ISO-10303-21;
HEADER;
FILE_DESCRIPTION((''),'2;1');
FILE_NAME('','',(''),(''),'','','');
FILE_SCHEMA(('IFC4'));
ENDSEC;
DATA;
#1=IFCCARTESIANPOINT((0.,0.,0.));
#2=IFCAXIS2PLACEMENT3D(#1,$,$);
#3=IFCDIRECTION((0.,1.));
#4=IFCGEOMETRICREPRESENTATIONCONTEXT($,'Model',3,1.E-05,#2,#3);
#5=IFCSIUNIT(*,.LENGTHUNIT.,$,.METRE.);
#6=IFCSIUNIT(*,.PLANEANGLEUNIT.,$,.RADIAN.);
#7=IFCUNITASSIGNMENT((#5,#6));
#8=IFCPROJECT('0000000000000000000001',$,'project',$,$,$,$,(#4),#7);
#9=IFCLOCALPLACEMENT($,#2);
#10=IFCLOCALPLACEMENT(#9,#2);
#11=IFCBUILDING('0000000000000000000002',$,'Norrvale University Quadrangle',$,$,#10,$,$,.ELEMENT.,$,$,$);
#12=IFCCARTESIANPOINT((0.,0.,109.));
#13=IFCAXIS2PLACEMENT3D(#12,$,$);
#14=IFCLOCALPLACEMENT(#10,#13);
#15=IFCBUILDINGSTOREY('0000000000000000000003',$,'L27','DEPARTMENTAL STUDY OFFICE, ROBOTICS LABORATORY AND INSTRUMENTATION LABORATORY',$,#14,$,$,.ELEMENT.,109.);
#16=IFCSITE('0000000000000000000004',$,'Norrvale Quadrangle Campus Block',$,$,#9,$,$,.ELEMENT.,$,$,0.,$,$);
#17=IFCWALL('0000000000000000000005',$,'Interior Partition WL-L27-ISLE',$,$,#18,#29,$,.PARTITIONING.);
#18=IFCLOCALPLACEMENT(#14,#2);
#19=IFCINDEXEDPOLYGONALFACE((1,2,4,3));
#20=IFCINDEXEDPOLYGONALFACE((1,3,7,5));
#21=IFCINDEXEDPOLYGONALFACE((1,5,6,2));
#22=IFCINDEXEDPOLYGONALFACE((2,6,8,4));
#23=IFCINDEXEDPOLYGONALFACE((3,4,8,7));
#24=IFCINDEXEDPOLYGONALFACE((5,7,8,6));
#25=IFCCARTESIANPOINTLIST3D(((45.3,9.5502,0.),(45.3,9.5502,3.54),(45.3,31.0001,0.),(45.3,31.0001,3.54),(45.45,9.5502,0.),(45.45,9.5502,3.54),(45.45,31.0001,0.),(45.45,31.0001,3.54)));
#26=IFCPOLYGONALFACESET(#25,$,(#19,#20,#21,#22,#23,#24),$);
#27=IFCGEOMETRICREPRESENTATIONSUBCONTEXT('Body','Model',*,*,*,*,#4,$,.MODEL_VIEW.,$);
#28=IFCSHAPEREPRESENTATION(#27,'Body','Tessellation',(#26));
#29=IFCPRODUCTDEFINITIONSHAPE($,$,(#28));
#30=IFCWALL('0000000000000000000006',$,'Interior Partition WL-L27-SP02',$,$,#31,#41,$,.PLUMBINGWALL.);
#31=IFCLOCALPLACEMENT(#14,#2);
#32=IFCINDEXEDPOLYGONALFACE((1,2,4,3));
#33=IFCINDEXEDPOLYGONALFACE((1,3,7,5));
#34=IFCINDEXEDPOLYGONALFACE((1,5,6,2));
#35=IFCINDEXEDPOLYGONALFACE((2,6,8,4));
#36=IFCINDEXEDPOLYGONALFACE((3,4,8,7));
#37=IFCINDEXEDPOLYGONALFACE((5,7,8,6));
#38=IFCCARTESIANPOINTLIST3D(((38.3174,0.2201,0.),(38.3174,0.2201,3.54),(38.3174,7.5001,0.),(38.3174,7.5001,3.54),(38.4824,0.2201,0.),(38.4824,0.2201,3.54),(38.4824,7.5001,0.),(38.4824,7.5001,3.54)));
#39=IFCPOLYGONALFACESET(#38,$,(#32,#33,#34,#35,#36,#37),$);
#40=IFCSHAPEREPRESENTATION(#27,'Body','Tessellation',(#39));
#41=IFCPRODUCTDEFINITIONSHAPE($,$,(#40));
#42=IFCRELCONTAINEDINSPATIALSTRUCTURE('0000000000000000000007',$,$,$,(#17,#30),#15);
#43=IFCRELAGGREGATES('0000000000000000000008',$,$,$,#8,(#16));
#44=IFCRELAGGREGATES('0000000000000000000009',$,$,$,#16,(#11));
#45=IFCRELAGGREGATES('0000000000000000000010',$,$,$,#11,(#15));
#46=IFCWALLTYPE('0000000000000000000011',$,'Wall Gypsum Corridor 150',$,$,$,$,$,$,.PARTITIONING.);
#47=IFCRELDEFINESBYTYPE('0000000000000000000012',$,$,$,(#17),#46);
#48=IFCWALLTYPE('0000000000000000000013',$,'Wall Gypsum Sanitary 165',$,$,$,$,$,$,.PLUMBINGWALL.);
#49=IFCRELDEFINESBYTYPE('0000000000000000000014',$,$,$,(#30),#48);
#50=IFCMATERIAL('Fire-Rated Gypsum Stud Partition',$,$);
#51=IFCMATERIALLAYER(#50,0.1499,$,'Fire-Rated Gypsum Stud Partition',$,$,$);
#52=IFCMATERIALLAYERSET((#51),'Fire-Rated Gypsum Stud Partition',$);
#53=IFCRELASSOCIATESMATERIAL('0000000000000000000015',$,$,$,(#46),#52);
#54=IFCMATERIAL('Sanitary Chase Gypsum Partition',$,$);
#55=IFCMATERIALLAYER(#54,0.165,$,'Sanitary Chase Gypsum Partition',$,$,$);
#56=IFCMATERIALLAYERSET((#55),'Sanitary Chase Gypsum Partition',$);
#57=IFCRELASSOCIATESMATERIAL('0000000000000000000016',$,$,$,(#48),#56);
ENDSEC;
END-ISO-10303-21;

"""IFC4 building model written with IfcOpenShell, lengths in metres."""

from ifc_helpers import new_model, si_unit, direction, frame, frame_2d, origin, place, context, subcontext, project, spatial, rectangle, extrude, material, layer, layer_set, type_object, element, save


model = new_model("IFC4")

# Units and contexts
model_context = context("Model", 3, precision=1e-05, world=origin(), true_north=direction((0.0, 1.0)))
body_context = subcontext(model_context, "Body", "Model", "MODEL_VIEW")
ifc_project = project(units=[si_unit("LENGTHUNIT", "METRE"), si_unit("PLANEANGLEUNIT", "RADIAN")], contexts=[model_context])

# Site, building, storey
site_placement = place(None, origin())
site = spatial("IfcSite", under=ifc_project, at=site_placement, Name="Norrvale Quadrangle Campus Block", CompositionType="ELEMENT", RefElevation=0.0)
building_placement = place(site_placement, origin())
building = spatial("IfcBuilding", under=site, at=building_placement, Name="Norrvale University Quadrangle", CompositionType="ELEMENT")
storey_placement = place(building_placement, frame((0.0, 0.0, 109.0)))
storey = spatial("IfcBuildingStorey", under=building, at=storey_placement, Name="L27", Description="DEPARTMENTAL STUDY OFFICE, ROBOTICS LABORATORY AND INSTRUMENTATION LABORATORY", CompositionType="ELEMENT", Elevation=109.0)

# Shared definitions
ifc_material_1 = material(Name="Fire-Rated Gypsum Stud Partition")
ifc_layer_1 = layer(ifc_material_1, 0.1499, Name="Fire-Rated Gypsum Stud Partition")
ifc_layer_set_1 = layer_set([ifc_layer_1], Name="Fire-Rated Gypsum Stud Partition")
wall_type_1 = type_object("IfcWallType", Name="Wall Gypsum Corridor 150", PredefinedType="PARTITIONING", material=ifc_layer_set_1)

# Walls
wall_1_placement = place(storey_placement, frame((45.375, 9.55, 0.0), z_axis=(0.0, 0.0, 1.0), x_axis=(0.0, 1.0, 0.0)))
element("IfcWall", 1, at=wall_1_placement, inside=storey, type_object=wall_type_1, Name="Interior Partition WL-L27-ISLE", PredefinedType="PARTITIONING", context=body_context, shape_type="SweptSolid", body=[
    extrude(rectangle(XDim=21.45, YDim=0.1499, at=frame_2d((10.7251, 0.0))), origin(), (0.0, 0.0, 1.0), 3.54),
])
ifc_material_2 = material(Name="Sanitary Chase Gypsum Partition")
ifc_layer_2 = layer(ifc_material_2, 0.165, Name="Sanitary Chase Gypsum Partition")
ifc_layer_set_2 = layer_set([ifc_layer_2], Name="Sanitary Chase Gypsum Partition")
wall_type_2 = type_object("IfcWallType", Name="Wall Gypsum Sanitary 165", PredefinedType="PLUMBINGWALL", material=ifc_layer_set_2)
wall_2_placement = place(storey_placement, frame((38.3999, 0.22, 0.0), z_axis=(0.0, 0.0, 1.0), x_axis=(0.0, 1.0, 0.0)))
element("IfcWall", 2, at=wall_2_placement, inside=storey, type_object=wall_type_2, Name="Interior Partition WL-L27-SP02", PredefinedType="PLUMBINGWALL", context=body_context, shape_type="SweptSolid", body=[
    extrude(rectangle(XDim=7.28, YDim=0.165, at=frame_2d((3.6401, 0.0))), origin(), (0.0, 0.0, 1.0), 3.54),
])

save(model, "model.ifc")
